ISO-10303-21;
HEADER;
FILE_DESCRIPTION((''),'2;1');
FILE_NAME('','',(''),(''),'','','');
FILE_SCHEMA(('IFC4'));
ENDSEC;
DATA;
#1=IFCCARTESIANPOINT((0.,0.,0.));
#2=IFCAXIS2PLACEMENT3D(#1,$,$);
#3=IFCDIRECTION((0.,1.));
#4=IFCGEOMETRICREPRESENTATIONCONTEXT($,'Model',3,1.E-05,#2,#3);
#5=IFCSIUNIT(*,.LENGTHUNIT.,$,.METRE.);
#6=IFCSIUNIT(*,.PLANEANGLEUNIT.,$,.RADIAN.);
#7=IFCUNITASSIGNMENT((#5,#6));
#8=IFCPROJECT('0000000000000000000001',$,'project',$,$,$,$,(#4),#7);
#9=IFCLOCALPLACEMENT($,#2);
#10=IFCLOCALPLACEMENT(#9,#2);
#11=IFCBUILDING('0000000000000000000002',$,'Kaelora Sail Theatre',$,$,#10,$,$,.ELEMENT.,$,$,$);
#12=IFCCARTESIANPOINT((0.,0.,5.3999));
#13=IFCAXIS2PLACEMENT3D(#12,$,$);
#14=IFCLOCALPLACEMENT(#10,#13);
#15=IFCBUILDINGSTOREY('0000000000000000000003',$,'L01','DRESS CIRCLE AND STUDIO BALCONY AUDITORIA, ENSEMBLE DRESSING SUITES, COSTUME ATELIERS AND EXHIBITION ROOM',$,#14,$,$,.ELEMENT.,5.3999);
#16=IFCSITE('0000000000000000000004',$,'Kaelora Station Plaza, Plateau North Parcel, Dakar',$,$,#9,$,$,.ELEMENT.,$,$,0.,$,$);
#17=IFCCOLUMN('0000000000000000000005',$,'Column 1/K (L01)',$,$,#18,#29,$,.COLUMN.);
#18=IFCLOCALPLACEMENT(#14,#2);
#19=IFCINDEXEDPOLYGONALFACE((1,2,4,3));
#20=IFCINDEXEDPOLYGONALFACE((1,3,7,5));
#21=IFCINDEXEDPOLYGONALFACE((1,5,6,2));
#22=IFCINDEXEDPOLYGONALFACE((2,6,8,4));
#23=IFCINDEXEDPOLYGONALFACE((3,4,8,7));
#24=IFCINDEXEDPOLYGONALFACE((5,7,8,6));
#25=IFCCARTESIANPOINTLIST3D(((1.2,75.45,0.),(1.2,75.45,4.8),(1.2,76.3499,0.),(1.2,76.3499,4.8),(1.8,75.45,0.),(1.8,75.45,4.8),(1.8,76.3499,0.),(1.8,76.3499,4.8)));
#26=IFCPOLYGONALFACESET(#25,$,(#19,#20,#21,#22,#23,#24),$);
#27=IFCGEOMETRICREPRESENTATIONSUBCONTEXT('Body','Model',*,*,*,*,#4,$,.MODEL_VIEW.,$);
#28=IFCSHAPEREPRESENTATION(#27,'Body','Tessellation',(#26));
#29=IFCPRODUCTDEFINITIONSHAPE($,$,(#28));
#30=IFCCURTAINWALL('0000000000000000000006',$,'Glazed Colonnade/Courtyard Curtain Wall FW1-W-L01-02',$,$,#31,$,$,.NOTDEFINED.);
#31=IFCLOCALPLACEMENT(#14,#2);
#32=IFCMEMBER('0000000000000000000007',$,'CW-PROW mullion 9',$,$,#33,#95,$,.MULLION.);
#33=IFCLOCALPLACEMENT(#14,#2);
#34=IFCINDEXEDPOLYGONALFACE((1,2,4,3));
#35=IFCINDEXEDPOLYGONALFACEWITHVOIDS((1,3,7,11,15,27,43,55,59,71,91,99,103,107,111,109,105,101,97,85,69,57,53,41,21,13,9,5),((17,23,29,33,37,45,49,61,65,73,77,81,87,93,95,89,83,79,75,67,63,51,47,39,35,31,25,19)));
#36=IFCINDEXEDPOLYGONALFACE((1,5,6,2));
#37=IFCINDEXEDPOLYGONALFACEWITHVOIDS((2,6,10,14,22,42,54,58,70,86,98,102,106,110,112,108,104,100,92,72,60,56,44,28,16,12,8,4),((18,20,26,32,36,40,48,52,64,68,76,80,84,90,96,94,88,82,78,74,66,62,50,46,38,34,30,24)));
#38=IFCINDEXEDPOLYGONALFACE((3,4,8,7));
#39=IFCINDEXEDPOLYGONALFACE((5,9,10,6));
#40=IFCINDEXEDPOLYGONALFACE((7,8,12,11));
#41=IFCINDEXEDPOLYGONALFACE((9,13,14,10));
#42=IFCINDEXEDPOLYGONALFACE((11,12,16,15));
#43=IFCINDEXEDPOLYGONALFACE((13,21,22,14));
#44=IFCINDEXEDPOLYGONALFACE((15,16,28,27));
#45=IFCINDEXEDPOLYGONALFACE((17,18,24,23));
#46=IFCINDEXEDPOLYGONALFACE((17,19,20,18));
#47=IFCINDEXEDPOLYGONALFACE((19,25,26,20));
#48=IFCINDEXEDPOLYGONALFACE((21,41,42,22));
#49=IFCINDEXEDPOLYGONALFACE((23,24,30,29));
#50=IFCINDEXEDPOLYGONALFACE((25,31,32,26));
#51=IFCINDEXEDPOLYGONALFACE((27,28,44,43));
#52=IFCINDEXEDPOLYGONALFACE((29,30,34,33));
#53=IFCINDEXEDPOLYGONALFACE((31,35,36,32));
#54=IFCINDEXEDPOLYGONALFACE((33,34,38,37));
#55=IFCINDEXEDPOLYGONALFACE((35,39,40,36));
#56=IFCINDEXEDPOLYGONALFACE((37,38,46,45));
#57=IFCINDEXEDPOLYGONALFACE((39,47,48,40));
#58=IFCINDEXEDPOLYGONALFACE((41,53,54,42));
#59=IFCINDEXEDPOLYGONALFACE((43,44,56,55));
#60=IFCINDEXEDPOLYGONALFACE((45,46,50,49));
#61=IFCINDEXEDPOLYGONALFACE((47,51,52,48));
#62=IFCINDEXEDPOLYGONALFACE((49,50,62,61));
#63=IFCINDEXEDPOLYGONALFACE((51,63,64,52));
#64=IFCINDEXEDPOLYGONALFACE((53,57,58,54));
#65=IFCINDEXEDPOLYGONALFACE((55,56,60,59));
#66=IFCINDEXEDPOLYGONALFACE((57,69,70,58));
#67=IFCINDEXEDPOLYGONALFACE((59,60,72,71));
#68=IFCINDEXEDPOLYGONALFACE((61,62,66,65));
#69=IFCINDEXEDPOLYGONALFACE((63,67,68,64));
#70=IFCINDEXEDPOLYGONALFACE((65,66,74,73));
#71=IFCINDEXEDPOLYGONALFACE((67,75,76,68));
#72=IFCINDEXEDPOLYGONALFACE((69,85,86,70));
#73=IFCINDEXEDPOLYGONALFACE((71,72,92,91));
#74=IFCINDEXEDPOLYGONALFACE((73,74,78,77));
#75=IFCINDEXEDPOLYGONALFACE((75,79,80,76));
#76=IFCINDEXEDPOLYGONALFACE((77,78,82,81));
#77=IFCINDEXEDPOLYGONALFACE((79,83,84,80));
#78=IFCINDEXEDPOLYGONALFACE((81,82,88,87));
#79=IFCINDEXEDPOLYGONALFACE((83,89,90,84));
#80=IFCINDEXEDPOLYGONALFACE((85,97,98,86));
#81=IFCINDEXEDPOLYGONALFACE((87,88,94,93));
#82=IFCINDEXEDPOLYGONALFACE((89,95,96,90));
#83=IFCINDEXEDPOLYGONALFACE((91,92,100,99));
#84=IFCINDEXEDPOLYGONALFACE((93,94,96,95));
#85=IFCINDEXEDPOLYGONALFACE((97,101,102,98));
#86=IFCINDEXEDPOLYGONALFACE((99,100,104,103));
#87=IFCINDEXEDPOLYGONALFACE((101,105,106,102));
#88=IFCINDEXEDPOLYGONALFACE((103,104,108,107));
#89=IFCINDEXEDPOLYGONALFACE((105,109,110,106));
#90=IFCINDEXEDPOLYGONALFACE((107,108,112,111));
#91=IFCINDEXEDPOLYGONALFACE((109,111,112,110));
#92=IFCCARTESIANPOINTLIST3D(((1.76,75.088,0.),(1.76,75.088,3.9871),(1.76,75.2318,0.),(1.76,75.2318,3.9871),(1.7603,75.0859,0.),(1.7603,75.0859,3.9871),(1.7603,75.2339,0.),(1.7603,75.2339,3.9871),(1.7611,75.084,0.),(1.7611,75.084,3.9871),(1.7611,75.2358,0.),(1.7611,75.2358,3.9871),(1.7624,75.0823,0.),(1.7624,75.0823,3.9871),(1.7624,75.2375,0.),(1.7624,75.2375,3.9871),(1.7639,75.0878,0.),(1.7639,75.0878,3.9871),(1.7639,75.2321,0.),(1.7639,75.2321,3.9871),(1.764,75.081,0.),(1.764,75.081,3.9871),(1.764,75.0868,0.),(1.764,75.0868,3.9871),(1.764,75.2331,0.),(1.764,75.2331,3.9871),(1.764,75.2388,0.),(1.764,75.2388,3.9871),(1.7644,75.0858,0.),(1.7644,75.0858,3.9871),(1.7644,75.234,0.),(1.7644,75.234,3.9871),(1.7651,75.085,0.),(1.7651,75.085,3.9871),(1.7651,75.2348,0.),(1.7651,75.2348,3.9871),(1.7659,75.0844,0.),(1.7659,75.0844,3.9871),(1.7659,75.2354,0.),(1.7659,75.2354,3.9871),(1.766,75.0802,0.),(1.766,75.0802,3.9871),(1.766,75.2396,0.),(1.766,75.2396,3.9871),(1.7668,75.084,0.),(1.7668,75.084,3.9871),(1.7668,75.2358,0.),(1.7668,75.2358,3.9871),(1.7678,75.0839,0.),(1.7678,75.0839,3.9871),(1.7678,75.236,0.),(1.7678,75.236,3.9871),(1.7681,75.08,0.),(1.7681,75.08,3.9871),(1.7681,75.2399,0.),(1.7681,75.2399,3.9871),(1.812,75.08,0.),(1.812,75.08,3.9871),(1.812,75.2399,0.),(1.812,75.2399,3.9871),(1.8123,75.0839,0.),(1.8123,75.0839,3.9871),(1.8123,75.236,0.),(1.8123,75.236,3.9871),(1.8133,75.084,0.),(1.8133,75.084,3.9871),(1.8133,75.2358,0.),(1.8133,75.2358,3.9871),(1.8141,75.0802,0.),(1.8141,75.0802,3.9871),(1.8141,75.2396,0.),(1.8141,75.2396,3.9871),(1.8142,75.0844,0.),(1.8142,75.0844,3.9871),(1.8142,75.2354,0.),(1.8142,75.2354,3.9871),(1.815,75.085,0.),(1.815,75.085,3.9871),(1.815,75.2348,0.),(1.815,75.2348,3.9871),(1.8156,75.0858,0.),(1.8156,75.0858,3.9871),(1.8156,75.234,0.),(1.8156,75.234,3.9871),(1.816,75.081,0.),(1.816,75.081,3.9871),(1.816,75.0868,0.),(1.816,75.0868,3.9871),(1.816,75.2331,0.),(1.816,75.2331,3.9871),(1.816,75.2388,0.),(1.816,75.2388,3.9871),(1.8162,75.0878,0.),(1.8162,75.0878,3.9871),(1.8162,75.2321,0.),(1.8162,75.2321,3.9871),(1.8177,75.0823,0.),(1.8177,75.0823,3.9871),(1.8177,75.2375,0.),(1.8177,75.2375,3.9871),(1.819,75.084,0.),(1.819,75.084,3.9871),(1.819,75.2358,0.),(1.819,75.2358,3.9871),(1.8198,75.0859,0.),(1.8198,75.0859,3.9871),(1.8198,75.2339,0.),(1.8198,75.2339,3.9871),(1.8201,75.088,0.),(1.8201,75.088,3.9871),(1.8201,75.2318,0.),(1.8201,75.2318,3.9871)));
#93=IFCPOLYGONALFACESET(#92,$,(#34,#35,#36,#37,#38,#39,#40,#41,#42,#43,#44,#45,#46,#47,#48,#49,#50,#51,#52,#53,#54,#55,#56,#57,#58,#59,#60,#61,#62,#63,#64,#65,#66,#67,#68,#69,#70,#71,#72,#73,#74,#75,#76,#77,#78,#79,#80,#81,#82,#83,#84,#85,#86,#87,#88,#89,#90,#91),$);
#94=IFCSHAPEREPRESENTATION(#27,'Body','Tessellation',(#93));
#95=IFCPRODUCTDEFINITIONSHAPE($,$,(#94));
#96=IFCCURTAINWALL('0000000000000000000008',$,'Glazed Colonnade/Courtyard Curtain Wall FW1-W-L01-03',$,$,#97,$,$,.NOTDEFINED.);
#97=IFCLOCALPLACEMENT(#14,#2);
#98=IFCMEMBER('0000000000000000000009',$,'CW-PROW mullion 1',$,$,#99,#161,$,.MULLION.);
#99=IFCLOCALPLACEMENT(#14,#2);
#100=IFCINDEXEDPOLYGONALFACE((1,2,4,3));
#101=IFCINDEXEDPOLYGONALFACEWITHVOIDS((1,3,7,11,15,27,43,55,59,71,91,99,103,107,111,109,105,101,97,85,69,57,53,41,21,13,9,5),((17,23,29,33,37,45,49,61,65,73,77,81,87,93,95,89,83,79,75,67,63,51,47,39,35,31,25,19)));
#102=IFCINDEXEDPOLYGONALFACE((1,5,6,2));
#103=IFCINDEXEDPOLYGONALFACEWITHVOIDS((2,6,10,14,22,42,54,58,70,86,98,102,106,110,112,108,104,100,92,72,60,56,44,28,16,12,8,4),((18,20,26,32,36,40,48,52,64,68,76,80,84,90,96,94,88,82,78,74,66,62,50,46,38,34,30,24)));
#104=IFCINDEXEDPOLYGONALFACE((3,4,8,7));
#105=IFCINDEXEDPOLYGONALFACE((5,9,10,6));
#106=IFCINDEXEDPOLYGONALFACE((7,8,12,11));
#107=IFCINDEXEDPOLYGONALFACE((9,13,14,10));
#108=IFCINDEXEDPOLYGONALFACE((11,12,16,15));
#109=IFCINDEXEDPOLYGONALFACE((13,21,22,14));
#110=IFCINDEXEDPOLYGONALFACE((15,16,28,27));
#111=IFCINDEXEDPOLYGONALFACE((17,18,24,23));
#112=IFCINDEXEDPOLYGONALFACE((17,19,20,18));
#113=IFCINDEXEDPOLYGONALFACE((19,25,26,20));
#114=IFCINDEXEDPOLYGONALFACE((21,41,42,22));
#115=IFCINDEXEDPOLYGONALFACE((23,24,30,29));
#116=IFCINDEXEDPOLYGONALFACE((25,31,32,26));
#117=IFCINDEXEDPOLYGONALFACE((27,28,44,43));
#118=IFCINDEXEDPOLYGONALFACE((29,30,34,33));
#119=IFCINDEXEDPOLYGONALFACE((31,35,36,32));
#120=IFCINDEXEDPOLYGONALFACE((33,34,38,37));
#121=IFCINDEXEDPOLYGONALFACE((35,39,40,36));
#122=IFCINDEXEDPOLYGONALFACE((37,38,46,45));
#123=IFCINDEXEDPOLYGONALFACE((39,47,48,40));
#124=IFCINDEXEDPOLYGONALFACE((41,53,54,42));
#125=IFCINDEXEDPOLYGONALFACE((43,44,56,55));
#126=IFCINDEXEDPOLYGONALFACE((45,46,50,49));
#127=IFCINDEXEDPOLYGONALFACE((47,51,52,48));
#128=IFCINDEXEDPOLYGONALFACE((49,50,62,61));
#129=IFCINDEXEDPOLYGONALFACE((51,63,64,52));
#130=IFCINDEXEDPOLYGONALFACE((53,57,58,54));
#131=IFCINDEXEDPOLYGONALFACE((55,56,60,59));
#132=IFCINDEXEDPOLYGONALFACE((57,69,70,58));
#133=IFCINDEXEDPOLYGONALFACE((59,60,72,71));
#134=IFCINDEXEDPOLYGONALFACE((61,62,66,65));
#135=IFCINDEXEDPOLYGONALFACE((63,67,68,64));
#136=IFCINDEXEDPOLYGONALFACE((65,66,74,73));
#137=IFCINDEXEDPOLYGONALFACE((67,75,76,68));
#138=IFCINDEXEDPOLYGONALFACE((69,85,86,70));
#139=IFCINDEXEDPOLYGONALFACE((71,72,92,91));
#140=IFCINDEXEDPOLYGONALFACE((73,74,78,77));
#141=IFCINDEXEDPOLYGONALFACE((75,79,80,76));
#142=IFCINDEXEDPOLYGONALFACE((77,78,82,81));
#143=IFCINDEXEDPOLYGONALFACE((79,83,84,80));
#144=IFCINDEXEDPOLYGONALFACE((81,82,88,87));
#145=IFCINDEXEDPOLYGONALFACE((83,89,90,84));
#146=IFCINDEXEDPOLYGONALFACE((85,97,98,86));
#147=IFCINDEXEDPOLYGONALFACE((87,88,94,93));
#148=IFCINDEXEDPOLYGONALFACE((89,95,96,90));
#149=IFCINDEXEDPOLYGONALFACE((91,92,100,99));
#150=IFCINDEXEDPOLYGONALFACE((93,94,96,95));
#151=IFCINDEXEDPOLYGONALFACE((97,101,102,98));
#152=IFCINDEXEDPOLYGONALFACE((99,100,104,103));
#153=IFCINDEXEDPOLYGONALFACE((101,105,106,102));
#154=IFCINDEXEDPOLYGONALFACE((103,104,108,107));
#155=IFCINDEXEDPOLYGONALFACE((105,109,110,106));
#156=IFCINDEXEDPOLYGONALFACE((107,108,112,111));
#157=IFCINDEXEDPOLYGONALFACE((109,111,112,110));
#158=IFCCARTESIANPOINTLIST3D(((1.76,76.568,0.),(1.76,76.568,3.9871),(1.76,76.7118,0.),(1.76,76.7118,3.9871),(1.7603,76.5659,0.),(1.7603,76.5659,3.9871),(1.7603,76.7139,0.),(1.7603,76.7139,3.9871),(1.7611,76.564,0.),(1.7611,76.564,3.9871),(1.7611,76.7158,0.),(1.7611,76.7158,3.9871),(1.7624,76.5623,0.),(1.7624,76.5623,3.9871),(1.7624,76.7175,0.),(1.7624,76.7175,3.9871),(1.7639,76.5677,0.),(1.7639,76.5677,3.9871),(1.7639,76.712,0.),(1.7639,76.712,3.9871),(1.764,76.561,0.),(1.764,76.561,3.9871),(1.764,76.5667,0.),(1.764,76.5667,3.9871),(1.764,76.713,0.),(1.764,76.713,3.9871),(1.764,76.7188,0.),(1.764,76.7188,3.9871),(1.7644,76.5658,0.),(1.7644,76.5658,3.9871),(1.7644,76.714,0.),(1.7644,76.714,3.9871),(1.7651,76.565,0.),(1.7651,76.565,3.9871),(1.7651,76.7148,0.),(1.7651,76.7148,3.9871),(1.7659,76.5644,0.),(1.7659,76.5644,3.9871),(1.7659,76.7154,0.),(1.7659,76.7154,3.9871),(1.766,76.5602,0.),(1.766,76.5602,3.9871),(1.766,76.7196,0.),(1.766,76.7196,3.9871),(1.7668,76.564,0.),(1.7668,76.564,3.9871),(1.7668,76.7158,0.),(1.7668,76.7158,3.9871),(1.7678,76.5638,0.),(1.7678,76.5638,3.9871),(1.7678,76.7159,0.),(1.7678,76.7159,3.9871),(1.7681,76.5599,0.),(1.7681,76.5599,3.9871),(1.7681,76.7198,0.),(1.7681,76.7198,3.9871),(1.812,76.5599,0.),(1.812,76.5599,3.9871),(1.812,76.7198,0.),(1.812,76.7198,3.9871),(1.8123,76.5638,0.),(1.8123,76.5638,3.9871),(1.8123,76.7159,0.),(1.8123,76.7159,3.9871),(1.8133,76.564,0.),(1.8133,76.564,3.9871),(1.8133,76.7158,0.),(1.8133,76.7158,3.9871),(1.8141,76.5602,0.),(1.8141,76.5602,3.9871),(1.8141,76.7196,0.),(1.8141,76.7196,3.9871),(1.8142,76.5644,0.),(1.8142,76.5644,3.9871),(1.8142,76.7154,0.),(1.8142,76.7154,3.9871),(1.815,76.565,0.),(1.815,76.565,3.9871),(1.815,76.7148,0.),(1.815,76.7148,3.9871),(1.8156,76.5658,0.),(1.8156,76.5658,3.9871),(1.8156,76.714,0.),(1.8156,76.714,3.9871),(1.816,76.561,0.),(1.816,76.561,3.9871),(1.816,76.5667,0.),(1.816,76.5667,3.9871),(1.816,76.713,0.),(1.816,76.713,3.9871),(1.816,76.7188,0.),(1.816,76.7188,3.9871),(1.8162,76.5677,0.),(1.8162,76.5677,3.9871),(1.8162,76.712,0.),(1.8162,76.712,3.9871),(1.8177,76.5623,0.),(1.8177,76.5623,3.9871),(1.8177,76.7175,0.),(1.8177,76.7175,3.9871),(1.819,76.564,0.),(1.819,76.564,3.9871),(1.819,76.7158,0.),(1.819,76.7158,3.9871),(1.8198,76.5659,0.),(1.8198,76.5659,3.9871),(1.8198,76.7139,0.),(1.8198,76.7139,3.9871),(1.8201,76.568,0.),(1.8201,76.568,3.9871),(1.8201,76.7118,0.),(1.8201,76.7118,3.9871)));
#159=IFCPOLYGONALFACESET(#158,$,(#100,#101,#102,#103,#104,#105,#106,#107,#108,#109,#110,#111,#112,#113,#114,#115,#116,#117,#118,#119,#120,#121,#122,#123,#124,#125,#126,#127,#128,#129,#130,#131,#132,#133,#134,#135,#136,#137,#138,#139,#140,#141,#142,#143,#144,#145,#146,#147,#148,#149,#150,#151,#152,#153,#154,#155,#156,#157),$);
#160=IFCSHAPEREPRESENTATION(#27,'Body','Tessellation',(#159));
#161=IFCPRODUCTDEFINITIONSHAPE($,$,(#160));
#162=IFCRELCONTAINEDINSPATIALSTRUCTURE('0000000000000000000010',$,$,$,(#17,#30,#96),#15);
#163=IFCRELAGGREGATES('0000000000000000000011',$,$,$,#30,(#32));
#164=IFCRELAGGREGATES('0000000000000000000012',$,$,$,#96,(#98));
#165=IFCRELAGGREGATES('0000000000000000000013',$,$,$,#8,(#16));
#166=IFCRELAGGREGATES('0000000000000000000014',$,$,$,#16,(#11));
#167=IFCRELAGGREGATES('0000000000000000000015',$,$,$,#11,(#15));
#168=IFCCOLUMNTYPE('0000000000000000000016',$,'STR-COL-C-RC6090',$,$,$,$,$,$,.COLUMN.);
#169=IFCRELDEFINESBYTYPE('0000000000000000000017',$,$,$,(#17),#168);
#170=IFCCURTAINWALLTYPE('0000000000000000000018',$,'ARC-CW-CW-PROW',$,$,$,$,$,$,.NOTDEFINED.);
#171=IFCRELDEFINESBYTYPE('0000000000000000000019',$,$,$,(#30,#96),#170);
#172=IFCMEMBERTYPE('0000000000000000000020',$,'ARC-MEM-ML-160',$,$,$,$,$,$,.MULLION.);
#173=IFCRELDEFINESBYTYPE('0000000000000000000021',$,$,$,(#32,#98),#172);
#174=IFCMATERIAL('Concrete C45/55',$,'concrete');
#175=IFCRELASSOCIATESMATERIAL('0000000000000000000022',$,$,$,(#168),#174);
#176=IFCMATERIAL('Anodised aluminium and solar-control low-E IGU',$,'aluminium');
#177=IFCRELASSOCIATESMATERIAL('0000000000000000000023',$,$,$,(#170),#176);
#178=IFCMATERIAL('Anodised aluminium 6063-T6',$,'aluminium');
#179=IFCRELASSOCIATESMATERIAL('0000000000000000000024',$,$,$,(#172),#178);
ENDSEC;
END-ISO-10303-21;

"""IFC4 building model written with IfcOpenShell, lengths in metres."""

from ifc_helpers import new_model, si_unit, direction, frame, origin, origin_2d, place, context, subcontext, project, spatial, rectangle, hollow_rectangle, extrude, material, material_profile, profile_set, type_object, element, aggregate, save


model = new_model("IFC4")

# Units and contexts
model_context = context("Model", 3, precision=1e-05, world=origin(), true_north=direction((0.0, 1.0)))
body_context = subcontext(model_context, "Body", "Model", "MODEL_VIEW")
ifc_project = project(units=[si_unit("LENGTHUNIT", "METRE"), si_unit("PLANEANGLEUNIT", "RADIAN")], contexts=[model_context])

# Site, building, storey
site_placement = place(None, origin())
site = spatial("IfcSite", under=ifc_project, at=site_placement, Name="Kaelora Station Plaza, Plateau North Parcel, Dakar", CompositionType="ELEMENT", RefElevation=0.0)
building_placement = place(site_placement, origin())
building = spatial("IfcBuilding", under=site, at=building_placement, Name="Kaelora Sail Theatre", CompositionType="ELEMENT")
storey_placement = place(building_placement, frame((0.0, 0.0, 5.3999)))
storey = spatial("IfcBuildingStorey", under=building, at=storey_placement, Name="L01", Description="DRESS CIRCLE AND STUDIO BALCONY AUDITORIA, ENSEMBLE DRESSING SUITES, COSTUME ATELIERS AND EXHIBITION ROOM", CompositionType="ELEMENT", Elevation=5.3999)

# Column
ifc_material_1 = material(Name="Concrete C45/55", Category="concrete")
ifc_material_profile_1 = material_profile(ifc_material_1, rectangle(XDim=0.6001, YDim=0.8999, at=origin_2d()), Name="RC-COL 600x900")
ifc_profile_set_1 = profile_set([ifc_material_profile_1], Name="Concrete C45/55")
column_type = type_object("IfcColumnType", Name="STR-COL-C-RC6090", PredefinedType="COLUMN", material=ifc_profile_set_1)
column_placement = place(storey_placement, frame((1.5, 75.8999, 0.0), z_axis=(0.0, 0.0, 1.0), x_axis=(1.0, 0.0, 0.0)))
element("IfcColumn", 1, at=column_placement, inside=storey, type_object=column_type, Name="Column 1/K (L01)", PredefinedType="COLUMN", context=body_context, shape_type="SweptSolid", body=[
    extrude(rectangle(XDim=0.6001, YDim=0.8999, at=origin_2d()), origin(), (0.0, 0.0, 1.0), 4.8),
])

# Curtain wall, member
ifc_material_2 = material(Name="Anodised aluminium and solar-control low-E IGU", Category="aluminium")
curtain_wall_type = type_object("IfcCurtainWallType", Name="ARC-CW-CW-PROW", PredefinedType="NOTDEFINED", material=ifc_material_2)
curtain_wall_1_placement = place(storey_placement, origin())
curtain_wall_1 = element("IfcCurtainWall", 2, at=curtain_wall_1_placement, inside=storey, type_object=curtain_wall_type, Name="Glazed Colonnade/Courtyard Curtain Wall FW1-W-L01-02", PredefinedType="NOTDEFINED")
ifc_material_3 = material(Name="Anodised aluminium 6063-T6", Category="aluminium")
ifc_material_profile_2 = material_profile(ifc_material_3, hollow_rectangle(XDim=0.0601, YDim=0.1599, WallThickness=0.0039, InnerFilletRadius=0.0039, OuterFilletRadius=0.0081, at=origin_2d()), Name="ALU-MULL 60x160x4")
ifc_profile_set_2 = profile_set([ifc_material_profile_2], Name="Anodised aluminium 6063-T6")
member_type_1 = type_object("IfcMemberType", Name="ARC-MEM-ML-160", PredefinedType="MULLION", material=ifc_profile_set_2)
member_1_placement = place(storey_placement, frame((1.79, 75.1599, 0.0), z_axis=(0.0, 0.0, 1.0), x_axis=(-1.0, 0.0, 0.0)))
member_1 = element("IfcMember", 3, at=member_1_placement, type_object=member_type_1, Name="CW-PROW mullion 9", PredefinedType="MULLION", context=body_context, shape_type="SweptSolid", body=[
    extrude(hollow_rectangle(XDim=0.0601, YDim=0.1599, WallThickness=0.0039, InnerFilletRadius=0.0039, OuterFilletRadius=0.0081, at=origin_2d()), origin(), (0.0, 0.0, 1.0), 3.9871),
])

# Curtain wall, member
curtain_wall_2_placement = place(storey_placement, origin())
curtain_wall_2 = element("IfcCurtainWall", 4, at=curtain_wall_2_placement, inside=storey, type_object=curtain_wall_type, Name="Glazed Colonnade/Courtyard Curtain Wall FW1-W-L01-03", PredefinedType="NOTDEFINED")
member_2_placement = place(storey_placement, frame((1.79, 76.6399, 0.0), z_axis=(0.0, 0.0, 1.0), x_axis=(-1.0, 0.0, 0.0)))
member_2 = element("IfcMember", 5, at=member_2_placement, type_object=member_type_1, Name="CW-PROW mullion 1", PredefinedType="MULLION", context=body_context, shape_type="SweptSolid", body=[
    extrude(hollow_rectangle(XDim=0.0601, YDim=0.1599, WallThickness=0.0039, InnerFilletRadius=0.0039, OuterFilletRadius=0.0081, at=origin_2d()), origin(), (0.0, 0.0, 1.0), 3.9871),
])

aggregate(curtain_wall_1, [member_1])
aggregate(curtain_wall_2, [member_2])

save(model, "model.ifc")
